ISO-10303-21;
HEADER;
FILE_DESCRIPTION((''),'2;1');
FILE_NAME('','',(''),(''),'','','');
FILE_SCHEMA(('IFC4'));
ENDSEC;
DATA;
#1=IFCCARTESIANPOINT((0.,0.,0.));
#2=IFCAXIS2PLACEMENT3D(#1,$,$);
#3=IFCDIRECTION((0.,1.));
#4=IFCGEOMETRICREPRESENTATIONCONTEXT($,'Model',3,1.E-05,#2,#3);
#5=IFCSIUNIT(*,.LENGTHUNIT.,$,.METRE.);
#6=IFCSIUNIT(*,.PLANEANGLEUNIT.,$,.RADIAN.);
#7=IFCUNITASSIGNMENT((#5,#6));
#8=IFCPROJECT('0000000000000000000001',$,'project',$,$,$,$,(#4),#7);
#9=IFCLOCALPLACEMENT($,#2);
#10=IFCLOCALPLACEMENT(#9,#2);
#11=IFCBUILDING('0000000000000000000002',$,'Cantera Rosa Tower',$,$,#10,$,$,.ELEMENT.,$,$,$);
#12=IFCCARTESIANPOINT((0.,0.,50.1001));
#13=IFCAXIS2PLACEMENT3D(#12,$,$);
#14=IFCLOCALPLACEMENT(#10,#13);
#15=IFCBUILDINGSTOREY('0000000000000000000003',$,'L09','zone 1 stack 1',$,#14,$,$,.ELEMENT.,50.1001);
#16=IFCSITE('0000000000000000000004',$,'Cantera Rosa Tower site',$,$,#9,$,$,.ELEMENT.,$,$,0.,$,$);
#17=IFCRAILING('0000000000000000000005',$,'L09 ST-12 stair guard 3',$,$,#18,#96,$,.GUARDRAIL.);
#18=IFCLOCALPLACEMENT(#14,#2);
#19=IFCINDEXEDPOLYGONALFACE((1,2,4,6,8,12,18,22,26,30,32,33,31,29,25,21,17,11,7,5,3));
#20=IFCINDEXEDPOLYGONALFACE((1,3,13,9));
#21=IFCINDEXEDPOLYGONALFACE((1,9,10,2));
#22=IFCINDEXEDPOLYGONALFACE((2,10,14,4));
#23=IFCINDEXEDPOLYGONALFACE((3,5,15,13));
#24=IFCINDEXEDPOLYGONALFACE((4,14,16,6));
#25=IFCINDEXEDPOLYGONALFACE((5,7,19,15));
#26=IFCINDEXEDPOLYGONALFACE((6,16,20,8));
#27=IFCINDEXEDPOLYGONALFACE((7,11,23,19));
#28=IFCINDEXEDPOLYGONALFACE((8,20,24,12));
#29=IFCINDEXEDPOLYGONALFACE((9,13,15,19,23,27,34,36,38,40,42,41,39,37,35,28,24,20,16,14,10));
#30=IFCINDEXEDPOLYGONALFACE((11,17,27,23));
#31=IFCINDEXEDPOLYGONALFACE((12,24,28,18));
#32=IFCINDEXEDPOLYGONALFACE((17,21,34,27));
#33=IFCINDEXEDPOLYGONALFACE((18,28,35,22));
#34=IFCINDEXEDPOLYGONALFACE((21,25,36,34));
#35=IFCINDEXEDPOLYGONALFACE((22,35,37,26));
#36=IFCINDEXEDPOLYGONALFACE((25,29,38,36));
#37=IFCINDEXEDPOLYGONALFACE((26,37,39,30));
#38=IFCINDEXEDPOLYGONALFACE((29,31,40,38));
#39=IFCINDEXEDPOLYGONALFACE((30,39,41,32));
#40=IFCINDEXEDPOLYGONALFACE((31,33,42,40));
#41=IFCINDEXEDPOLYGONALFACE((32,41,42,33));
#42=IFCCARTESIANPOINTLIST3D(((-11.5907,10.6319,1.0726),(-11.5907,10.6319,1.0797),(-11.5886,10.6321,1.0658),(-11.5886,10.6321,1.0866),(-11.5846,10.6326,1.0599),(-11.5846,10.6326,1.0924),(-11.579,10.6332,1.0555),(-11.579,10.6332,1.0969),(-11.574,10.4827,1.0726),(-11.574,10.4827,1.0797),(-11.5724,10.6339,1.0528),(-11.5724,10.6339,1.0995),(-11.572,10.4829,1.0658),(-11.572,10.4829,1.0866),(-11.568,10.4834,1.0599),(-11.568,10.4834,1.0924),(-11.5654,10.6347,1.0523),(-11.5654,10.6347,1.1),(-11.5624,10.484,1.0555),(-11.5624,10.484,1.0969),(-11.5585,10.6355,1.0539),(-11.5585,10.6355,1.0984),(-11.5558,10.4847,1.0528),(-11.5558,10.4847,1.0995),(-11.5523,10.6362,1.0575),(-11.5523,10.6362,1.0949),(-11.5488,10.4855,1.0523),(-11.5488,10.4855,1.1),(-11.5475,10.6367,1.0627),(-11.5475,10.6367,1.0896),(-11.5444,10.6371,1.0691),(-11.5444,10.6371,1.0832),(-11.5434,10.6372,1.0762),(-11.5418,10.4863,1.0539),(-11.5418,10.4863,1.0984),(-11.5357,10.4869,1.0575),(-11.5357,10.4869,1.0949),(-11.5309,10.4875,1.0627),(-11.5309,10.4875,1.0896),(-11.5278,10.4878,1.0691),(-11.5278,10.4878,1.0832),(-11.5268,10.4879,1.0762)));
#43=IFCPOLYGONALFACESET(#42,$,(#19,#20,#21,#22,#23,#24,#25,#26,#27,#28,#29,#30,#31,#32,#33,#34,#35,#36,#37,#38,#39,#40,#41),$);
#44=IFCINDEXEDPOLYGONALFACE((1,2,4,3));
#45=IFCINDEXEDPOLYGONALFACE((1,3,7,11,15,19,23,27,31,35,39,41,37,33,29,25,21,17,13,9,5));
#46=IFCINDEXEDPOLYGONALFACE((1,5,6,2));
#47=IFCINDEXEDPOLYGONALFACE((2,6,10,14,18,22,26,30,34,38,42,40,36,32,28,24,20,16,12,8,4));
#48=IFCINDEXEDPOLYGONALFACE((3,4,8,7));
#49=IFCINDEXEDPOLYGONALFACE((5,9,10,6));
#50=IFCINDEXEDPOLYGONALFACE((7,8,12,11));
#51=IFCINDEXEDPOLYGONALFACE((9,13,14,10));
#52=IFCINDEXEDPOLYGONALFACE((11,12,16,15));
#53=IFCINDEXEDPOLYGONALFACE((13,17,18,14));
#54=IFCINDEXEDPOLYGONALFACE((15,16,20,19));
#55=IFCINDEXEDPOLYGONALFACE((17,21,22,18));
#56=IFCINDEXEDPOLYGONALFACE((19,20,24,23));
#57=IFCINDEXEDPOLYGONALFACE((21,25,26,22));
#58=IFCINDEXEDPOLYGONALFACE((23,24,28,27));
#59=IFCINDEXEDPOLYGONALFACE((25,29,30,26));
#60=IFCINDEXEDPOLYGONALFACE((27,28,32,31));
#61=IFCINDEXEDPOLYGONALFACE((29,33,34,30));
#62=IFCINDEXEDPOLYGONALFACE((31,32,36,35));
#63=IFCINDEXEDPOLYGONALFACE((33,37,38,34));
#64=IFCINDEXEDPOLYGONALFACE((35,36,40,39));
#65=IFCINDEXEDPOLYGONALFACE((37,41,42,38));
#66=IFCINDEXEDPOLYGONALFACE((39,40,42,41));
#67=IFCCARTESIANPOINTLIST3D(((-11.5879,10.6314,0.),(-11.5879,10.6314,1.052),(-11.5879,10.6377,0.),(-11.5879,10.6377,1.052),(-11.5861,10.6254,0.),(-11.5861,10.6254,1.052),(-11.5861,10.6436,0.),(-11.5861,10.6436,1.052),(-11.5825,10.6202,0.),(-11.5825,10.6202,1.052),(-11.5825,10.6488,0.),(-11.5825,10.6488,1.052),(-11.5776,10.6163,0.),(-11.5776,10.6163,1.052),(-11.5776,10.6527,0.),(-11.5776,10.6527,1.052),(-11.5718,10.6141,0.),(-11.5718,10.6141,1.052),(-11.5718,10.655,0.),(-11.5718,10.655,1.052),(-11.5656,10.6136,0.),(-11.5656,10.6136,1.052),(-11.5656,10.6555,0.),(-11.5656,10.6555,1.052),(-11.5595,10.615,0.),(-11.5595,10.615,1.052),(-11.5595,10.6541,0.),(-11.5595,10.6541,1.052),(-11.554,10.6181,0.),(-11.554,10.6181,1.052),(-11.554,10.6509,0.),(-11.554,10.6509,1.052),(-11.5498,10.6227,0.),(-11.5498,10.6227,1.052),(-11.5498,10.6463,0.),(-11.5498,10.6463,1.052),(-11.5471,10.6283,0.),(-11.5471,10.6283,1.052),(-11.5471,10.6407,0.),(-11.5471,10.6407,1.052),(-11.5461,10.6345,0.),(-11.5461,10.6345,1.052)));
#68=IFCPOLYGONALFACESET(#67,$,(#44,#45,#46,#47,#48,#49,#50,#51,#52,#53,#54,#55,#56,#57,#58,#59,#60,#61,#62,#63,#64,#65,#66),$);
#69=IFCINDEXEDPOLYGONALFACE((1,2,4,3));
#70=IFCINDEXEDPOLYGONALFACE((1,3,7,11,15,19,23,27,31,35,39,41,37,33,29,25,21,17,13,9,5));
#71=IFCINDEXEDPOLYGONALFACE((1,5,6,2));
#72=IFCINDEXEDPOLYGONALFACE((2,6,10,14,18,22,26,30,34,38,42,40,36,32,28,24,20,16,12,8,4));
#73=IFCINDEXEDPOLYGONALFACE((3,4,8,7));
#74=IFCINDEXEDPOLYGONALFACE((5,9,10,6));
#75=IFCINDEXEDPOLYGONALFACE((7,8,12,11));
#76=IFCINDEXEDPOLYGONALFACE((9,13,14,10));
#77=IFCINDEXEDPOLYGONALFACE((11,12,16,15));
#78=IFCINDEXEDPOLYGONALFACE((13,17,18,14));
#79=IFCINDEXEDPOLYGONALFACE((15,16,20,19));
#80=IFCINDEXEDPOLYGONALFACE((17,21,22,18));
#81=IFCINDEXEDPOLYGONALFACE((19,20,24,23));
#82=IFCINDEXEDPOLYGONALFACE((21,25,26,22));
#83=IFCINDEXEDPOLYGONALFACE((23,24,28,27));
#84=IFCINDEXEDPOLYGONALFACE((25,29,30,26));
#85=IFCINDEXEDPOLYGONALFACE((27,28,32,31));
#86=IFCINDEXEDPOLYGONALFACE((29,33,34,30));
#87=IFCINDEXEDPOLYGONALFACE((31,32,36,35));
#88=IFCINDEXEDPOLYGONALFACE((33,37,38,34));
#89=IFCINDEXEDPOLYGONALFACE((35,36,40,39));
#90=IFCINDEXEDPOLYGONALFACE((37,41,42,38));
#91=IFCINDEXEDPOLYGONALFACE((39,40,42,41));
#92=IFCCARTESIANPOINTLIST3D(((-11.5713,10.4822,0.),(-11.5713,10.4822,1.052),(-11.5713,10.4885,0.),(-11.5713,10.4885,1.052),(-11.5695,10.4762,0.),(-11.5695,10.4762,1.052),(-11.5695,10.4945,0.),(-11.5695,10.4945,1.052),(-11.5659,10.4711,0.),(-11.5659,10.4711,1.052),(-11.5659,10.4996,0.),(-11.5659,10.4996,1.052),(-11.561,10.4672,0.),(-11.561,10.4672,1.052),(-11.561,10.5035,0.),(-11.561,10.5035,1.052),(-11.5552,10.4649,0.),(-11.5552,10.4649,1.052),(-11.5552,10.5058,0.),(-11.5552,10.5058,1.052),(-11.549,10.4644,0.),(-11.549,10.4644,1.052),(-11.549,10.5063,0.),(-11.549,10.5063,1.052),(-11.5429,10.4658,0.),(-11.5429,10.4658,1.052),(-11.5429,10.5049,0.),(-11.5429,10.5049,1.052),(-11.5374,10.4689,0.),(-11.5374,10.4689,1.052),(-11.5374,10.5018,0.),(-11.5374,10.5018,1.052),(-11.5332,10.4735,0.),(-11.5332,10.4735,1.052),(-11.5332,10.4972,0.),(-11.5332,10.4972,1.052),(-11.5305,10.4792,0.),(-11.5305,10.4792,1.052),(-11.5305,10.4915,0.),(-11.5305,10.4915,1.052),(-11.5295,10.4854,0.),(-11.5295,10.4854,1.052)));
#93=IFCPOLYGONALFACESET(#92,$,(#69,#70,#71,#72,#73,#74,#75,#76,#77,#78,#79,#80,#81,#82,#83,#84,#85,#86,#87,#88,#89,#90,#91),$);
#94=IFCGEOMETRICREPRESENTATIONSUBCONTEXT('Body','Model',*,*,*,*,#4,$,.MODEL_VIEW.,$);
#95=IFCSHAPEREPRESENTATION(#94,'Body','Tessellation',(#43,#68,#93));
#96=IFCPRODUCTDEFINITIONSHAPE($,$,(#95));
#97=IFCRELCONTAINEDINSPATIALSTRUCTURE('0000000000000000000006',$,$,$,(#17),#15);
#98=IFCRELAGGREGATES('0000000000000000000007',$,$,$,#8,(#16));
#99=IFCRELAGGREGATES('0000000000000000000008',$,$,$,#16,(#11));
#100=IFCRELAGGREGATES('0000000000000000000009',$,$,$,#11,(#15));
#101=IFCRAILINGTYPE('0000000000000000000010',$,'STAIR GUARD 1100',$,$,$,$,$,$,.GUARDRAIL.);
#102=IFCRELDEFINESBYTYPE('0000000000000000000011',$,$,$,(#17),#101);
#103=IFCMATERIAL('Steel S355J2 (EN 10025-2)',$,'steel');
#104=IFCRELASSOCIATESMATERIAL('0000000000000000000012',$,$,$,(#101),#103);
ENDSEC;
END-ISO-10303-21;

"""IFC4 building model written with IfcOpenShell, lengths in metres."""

from ifc_helpers import new_model, si_unit, direction, frame, origin, origin_2d, place, context, subcontext, project, spatial, circle, extrude, material, type_object, element, save


model = new_model("IFC4")

# Units and contexts
model_context = context("Model", 3, precision=1e-05, world=origin(), true_north=direction((0.0, 1.0)))
body_context = subcontext(model_context, "Body", "Model", "MODEL_VIEW")
ifc_project = project(units=[si_unit("LENGTHUNIT", "METRE"), si_unit("PLANEANGLEUNIT", "RADIAN")], contexts=[model_context])

# Site, building, storey
site_placement = place(None, origin())
site = spatial("IfcSite", under=ifc_project, at=site_placement, Name="Cantera Rosa Tower site", CompositionType="ELEMENT", RefElevation=0.0)
building_placement = place(site_placement, origin())
building = spatial("IfcBuilding", under=site, at=building_placement, Name="Cantera Rosa Tower", CompositionType="ELEMENT")
storey_placement = place(building_placement, frame((0.0, 0.0, 50.1001)))
storey = spatial("IfcBuildingStorey", under=building, at=storey_placement, Name="L09", Description="zone 1 stack 1", CompositionType="ELEMENT", Elevation=50.1001)

# Railing
ifc_material_1 = material(Name="Steel S355J2 (EN 10025-2)", Category="steel")
railing_type_1 = type_object("IfcRailingType", Name="STAIR GUARD 1100", PredefinedType="GUARDRAIL", material=ifc_material_1)
railing_1_placement = place(storey_placement, frame((-11.5671, 10.6345, 0.0)))
element("IfcRailing", 1, at=railing_1_placement, inside=storey, type_object=railing_type_1, Name="L09 ST-12 stair guard 3", PredefinedType="GUARDRAIL", context=body_context, shape_type="SweptSolid", body=[
    extrude(circle(Radius=0.0239, at=origin_2d()), frame((0.0, 0.0, 1.0762), z_axis=(0.11061, -0.993864, 0.0), x_axis=(0.993864, 0.11061, 0.0)), (0.0, 0.0, 1.0), 0.1501),
    extrude(circle(Radius=0.021, at=origin_2d()), origin(), (0.0, 0.0, 1.0), 1.052),
    extrude(circle(Radius=0.021, at=origin_2d()), frame((0.0166, -0.1492, 0.0)), (0.0, 0.0, 1.0), 1.052),
])

save(model, "model.ifc")
